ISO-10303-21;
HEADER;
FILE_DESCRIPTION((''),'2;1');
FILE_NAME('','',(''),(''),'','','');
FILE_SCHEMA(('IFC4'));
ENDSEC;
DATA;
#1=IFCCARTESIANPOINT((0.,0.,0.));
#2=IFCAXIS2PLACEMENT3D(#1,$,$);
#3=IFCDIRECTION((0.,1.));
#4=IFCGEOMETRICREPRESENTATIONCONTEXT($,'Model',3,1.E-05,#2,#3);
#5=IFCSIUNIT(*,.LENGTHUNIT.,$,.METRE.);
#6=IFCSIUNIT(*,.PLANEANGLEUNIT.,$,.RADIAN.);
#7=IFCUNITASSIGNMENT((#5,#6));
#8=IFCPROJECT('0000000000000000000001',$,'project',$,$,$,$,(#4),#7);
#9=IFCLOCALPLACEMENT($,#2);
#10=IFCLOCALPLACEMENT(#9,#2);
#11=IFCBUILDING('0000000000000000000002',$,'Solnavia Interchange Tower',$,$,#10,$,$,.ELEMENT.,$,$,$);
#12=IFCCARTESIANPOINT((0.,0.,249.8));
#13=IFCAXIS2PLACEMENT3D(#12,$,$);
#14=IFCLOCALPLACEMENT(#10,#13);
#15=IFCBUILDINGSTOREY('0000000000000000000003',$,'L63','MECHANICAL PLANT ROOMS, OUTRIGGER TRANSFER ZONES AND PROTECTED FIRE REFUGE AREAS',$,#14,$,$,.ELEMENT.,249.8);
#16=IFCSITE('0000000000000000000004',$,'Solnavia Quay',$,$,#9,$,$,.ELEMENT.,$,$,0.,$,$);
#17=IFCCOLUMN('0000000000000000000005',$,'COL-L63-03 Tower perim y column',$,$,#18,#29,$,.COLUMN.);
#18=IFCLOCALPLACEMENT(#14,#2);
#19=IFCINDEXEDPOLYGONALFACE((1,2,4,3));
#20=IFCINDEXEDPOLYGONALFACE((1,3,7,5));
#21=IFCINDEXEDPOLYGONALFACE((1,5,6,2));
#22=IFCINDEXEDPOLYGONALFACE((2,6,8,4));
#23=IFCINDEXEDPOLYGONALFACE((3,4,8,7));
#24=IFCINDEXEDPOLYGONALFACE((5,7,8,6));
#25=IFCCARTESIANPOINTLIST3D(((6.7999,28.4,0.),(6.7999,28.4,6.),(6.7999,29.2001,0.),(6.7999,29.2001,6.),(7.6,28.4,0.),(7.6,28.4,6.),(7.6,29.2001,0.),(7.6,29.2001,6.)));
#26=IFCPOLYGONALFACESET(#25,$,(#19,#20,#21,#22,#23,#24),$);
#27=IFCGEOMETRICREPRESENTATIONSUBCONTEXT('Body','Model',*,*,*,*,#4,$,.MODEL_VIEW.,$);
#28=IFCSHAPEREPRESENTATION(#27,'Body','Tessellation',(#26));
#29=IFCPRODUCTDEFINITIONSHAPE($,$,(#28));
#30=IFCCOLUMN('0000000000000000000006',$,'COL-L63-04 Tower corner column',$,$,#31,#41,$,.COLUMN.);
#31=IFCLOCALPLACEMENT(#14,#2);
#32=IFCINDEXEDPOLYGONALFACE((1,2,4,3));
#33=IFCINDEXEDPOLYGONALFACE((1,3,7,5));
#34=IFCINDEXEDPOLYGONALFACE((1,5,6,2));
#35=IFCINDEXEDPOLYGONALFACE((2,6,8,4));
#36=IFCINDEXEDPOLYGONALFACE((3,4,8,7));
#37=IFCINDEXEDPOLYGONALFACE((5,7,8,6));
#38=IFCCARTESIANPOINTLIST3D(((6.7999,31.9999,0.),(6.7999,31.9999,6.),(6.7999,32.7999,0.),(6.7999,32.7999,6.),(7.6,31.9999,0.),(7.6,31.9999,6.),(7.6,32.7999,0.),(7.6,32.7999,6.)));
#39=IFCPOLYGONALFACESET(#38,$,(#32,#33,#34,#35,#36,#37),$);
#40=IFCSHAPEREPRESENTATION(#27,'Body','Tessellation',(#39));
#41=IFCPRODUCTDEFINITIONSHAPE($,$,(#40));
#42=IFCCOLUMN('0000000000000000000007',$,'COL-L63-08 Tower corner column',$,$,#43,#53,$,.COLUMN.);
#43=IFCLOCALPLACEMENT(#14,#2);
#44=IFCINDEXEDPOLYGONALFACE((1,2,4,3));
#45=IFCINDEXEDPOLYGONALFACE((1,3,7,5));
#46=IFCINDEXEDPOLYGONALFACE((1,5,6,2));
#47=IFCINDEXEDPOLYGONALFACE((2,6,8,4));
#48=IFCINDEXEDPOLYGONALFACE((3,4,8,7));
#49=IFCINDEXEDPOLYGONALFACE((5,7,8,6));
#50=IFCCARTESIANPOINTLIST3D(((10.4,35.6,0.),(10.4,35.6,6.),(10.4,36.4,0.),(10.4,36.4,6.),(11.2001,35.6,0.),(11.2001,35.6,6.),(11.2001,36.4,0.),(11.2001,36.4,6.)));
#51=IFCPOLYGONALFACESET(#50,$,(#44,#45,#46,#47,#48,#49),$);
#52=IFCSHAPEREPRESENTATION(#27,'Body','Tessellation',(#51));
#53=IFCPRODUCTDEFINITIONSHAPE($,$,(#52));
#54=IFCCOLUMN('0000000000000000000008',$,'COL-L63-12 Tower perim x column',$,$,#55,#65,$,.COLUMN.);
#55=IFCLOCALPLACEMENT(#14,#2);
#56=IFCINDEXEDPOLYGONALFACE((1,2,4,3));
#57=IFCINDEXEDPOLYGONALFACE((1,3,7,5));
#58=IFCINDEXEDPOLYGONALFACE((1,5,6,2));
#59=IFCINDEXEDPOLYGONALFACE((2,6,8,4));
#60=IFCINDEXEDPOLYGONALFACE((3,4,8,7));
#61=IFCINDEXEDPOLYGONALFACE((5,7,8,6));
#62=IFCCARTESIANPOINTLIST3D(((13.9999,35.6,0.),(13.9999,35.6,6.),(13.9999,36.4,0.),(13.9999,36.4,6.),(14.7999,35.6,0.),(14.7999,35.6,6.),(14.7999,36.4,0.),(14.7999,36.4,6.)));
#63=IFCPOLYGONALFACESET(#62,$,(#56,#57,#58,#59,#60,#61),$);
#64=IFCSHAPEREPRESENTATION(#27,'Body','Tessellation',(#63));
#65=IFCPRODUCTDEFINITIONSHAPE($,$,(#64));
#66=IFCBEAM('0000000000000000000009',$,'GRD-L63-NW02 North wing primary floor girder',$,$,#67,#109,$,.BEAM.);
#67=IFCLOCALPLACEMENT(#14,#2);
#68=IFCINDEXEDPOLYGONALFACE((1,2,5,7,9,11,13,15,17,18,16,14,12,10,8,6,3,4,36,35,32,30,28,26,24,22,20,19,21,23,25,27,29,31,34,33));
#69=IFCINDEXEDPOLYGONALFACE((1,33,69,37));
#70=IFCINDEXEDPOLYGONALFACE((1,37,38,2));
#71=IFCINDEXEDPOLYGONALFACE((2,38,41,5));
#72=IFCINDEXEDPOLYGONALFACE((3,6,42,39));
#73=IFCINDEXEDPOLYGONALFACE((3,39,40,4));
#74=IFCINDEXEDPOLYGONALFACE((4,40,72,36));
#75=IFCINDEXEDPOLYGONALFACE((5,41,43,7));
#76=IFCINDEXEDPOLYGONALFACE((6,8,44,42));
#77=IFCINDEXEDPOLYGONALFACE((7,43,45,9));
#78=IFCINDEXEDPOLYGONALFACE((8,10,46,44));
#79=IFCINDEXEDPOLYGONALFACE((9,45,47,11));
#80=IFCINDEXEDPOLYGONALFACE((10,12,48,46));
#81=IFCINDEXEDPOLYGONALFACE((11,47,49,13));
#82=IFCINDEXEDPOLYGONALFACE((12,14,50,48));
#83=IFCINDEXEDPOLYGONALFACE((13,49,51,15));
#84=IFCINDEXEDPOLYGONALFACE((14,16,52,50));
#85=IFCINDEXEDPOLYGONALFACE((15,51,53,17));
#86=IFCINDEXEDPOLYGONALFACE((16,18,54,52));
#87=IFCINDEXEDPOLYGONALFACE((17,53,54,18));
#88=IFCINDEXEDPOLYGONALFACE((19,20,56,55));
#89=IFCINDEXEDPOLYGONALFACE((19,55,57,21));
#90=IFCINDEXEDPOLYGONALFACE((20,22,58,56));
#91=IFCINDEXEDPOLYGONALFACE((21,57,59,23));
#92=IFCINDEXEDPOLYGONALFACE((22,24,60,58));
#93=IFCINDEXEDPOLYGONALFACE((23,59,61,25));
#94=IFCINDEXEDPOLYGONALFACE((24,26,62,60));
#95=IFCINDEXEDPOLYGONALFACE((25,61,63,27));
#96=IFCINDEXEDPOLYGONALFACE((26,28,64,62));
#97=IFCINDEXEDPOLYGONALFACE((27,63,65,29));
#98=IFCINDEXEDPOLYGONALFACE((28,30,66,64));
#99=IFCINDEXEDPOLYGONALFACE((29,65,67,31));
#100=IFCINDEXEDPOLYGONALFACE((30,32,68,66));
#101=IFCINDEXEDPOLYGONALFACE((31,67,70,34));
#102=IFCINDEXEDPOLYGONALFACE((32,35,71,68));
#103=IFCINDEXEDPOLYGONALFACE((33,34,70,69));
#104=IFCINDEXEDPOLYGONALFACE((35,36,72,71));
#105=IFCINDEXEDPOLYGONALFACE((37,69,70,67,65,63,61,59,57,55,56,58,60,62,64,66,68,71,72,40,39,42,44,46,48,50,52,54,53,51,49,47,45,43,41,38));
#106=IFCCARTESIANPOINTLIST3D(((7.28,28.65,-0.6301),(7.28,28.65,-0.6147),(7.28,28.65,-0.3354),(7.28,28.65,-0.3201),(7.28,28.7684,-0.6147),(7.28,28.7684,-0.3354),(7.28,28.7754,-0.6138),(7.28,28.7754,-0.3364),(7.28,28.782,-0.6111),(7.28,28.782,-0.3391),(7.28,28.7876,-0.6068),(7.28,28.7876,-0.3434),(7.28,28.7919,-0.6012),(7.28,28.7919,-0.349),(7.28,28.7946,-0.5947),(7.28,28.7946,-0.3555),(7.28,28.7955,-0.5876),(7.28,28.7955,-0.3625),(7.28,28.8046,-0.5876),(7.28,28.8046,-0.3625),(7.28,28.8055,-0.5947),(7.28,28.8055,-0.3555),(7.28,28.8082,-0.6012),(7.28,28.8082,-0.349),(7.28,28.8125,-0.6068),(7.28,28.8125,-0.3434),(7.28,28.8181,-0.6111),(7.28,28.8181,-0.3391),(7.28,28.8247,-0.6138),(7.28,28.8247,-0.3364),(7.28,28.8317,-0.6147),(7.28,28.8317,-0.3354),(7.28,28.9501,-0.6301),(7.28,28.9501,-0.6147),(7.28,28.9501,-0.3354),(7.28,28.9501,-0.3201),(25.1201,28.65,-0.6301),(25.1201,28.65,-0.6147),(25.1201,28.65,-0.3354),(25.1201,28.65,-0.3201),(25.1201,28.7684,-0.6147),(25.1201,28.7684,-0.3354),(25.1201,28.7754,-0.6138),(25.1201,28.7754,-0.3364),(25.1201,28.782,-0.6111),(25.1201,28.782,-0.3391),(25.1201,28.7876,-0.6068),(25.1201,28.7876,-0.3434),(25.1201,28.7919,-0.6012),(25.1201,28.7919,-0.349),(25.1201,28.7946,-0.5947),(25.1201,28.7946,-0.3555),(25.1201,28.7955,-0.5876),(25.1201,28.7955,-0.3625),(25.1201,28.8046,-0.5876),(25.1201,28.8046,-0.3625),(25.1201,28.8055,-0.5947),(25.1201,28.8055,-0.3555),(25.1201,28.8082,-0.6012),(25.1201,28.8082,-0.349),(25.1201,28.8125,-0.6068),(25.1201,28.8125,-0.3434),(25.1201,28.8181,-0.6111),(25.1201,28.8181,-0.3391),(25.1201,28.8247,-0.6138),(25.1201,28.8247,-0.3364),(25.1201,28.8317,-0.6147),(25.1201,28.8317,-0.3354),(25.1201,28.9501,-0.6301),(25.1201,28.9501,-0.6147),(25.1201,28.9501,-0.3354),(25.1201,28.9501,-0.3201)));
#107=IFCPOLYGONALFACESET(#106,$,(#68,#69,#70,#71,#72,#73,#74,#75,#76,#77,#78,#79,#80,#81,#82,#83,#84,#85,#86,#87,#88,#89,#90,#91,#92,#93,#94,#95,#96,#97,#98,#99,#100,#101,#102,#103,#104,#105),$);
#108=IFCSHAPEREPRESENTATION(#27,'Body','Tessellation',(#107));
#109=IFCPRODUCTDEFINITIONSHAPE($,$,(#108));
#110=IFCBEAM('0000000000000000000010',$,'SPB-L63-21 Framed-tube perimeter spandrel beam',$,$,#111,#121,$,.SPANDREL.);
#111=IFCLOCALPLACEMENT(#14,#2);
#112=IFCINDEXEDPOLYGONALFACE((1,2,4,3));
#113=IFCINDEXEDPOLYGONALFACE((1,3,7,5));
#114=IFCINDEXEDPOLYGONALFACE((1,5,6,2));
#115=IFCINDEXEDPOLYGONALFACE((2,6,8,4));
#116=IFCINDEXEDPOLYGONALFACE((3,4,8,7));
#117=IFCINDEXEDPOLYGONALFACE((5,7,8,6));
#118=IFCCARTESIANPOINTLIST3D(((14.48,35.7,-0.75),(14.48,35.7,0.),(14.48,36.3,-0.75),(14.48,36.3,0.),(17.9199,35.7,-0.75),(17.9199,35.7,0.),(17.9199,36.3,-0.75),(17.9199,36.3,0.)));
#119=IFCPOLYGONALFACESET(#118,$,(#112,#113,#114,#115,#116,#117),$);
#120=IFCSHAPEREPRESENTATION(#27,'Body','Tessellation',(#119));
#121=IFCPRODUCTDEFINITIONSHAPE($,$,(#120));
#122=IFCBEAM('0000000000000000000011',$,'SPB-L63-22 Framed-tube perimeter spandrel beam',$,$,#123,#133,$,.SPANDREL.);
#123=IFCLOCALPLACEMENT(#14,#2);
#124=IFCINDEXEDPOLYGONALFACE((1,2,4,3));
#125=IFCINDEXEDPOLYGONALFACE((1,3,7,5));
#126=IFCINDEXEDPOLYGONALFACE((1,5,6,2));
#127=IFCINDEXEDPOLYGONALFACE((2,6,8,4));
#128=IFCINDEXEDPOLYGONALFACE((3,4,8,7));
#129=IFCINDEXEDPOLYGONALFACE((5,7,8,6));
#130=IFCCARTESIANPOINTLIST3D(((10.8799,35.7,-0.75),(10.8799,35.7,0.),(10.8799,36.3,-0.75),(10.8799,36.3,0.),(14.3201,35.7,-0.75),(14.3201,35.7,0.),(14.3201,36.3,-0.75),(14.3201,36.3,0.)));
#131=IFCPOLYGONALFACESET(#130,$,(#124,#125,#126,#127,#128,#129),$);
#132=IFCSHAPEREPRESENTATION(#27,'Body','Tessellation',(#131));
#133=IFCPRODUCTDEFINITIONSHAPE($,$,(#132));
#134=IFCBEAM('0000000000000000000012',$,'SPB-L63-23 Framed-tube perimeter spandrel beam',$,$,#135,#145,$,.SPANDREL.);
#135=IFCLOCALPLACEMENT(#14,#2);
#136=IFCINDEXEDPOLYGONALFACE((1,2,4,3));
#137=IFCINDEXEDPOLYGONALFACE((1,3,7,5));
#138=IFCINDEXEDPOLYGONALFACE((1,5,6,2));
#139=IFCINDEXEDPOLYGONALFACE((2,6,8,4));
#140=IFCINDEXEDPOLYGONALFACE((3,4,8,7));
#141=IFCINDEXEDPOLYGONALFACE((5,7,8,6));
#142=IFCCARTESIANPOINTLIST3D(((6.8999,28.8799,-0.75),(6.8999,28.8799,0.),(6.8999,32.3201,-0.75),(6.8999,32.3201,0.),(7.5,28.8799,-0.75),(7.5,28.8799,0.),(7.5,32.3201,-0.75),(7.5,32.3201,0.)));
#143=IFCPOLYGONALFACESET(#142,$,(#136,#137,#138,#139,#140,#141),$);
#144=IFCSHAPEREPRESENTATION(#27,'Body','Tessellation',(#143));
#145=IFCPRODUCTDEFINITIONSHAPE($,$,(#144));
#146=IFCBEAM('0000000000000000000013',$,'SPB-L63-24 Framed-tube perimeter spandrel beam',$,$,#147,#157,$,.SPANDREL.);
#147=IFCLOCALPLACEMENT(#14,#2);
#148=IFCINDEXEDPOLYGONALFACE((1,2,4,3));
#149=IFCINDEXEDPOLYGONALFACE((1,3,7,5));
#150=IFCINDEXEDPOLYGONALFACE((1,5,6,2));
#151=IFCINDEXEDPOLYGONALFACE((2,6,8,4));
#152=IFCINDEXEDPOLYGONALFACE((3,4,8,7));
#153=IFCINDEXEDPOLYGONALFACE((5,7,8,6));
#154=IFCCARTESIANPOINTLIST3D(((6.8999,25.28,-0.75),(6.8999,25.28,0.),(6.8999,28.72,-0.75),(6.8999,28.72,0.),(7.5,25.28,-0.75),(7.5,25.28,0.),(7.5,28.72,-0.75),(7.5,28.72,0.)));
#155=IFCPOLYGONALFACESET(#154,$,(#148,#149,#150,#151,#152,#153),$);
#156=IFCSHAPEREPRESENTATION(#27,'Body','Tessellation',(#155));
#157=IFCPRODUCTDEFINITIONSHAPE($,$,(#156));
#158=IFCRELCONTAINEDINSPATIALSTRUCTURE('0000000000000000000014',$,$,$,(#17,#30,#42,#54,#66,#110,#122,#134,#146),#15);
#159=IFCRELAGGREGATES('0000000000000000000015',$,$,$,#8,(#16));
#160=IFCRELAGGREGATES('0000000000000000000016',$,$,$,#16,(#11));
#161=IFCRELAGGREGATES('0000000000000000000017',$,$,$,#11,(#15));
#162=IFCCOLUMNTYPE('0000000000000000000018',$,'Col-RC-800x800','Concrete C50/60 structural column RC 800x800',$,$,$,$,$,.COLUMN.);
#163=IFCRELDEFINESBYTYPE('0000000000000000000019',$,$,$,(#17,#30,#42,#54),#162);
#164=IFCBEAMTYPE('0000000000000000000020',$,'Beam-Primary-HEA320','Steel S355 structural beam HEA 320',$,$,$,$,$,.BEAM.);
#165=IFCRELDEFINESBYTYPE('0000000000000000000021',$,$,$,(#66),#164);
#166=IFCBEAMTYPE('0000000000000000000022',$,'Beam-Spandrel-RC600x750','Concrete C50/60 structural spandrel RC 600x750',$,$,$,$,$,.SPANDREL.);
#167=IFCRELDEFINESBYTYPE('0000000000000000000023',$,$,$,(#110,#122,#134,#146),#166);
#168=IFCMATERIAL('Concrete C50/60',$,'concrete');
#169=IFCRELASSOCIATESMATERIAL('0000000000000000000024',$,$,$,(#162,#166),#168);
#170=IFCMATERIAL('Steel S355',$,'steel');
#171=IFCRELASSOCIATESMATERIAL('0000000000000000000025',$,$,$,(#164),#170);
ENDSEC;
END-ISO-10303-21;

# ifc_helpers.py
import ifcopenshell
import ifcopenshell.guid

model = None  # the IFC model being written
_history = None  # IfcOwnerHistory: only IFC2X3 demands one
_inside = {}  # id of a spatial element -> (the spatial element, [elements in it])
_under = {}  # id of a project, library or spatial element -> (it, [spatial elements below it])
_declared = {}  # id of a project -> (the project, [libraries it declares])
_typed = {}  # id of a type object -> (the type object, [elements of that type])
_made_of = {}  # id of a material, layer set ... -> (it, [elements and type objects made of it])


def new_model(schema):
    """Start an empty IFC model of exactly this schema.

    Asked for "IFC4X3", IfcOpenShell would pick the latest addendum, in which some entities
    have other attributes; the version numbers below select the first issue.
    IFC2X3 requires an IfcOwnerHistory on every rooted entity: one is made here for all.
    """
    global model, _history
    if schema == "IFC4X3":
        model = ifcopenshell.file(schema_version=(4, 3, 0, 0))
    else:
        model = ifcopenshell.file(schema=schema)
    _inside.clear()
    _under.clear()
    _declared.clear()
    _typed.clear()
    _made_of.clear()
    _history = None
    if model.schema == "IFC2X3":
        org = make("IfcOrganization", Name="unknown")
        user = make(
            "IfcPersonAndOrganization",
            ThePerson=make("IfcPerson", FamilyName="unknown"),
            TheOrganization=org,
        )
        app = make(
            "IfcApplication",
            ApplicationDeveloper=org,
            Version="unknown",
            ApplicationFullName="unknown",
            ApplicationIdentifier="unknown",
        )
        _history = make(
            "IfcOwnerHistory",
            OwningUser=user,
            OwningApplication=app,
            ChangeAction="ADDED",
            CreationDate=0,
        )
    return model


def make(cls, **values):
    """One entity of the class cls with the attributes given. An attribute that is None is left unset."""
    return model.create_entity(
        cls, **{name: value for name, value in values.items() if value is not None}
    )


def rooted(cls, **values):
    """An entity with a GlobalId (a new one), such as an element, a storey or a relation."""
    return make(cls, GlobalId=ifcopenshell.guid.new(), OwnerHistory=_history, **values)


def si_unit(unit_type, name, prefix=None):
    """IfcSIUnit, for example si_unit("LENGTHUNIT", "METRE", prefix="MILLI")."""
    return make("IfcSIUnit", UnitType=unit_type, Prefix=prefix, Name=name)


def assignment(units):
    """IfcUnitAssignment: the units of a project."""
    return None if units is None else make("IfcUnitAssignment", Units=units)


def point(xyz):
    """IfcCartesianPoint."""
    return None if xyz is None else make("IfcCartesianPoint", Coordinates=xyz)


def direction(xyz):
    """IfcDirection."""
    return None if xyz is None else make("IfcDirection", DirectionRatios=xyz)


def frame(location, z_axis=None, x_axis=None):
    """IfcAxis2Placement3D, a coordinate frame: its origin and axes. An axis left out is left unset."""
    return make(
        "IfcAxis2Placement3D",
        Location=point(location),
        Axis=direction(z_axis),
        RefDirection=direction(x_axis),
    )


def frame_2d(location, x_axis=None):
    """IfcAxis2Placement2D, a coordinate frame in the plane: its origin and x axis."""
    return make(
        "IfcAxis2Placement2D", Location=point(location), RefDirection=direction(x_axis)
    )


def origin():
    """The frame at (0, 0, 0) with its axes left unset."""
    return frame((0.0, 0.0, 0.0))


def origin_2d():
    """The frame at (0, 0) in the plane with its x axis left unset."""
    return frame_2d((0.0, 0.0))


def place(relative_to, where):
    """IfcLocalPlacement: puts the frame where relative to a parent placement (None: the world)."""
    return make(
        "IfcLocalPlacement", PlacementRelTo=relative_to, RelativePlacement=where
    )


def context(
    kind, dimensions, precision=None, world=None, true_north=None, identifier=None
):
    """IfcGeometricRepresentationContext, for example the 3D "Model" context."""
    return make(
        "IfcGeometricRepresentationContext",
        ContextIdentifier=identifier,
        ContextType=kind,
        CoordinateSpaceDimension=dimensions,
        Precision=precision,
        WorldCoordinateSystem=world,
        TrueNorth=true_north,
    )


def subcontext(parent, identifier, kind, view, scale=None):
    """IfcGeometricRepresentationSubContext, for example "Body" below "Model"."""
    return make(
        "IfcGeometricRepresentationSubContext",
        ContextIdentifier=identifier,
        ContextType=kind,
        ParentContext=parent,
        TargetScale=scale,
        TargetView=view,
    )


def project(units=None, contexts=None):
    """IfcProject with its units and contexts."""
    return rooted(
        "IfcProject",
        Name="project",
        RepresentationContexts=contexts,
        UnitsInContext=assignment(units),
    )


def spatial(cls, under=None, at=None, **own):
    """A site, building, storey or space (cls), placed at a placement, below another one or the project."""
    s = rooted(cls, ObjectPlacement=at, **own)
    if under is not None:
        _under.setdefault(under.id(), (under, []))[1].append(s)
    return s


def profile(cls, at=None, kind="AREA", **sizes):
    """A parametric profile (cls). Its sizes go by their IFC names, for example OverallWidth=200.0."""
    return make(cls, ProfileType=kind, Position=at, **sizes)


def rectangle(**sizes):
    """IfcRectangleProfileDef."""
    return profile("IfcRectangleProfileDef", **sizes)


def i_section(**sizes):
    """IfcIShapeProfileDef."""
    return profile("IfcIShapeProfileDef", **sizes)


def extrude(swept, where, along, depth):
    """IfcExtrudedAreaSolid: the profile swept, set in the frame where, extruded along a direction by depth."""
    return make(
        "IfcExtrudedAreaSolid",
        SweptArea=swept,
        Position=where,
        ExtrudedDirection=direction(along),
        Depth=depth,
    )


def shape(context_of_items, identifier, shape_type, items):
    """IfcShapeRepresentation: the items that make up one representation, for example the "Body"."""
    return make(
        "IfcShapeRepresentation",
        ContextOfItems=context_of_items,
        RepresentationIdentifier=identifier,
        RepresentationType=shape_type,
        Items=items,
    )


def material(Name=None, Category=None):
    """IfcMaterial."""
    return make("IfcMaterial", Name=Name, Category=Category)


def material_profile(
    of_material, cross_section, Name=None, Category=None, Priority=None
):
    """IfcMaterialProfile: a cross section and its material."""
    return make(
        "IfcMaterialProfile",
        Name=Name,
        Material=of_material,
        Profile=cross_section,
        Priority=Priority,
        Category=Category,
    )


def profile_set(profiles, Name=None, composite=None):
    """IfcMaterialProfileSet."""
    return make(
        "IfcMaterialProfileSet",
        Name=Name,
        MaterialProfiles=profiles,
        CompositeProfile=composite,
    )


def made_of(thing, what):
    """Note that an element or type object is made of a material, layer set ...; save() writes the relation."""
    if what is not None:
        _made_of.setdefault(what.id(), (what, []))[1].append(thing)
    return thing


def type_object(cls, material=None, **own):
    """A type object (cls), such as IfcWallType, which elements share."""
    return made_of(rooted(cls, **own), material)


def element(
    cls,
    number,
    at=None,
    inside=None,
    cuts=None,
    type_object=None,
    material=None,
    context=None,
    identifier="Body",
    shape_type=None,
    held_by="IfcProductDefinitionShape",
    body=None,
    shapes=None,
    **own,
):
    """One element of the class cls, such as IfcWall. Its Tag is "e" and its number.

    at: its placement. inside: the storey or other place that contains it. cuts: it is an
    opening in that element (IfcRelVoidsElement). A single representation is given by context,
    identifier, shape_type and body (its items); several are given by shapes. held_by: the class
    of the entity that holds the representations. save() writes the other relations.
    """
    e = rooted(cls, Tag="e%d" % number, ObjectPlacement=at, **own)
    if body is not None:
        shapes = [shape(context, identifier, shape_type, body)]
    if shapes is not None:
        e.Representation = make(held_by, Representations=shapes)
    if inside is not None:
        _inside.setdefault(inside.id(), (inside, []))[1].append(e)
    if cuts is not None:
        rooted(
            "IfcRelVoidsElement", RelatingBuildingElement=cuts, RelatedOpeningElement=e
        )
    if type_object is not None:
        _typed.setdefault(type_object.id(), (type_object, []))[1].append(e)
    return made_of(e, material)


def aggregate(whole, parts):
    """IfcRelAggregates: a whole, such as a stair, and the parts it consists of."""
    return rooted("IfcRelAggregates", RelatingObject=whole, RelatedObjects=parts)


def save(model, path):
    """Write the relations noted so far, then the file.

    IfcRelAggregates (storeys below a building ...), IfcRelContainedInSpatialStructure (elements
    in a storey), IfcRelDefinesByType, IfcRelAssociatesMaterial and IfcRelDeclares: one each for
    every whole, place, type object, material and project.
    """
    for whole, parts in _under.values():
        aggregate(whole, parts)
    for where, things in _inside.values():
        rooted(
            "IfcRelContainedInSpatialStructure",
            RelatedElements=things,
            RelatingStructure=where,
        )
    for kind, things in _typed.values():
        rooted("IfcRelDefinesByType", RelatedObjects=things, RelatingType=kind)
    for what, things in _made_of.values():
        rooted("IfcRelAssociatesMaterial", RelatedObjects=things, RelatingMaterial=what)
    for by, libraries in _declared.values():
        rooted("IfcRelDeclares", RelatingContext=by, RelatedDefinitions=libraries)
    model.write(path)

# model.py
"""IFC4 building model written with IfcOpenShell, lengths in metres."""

from ifc_helpers import new_model, si_unit, direction, frame, origin, origin_2d, place, context, subcontext, project, spatial, rectangle, i_section, extrude, material, material_profile, profile_set, type_object, element, save


model = new_model("IFC4")

# Units and contexts
model_context = context("Model", 3, precision=1e-05, world=origin(), true_north=direction((0.0, 1.0)))
body_context = subcontext(model_context, "Body", "Model", "MODEL_VIEW")
ifc_project = project(units=[si_unit("LENGTHUNIT", "METRE"), si_unit("PLANEANGLEUNIT", "RADIAN")], contexts=[model_context])

# Site, building, storey
site_placement = place(None, origin())
site = spatial("IfcSite", under=ifc_project, at=site_placement, Name="Solnavia Quay", CompositionType="ELEMENT", RefElevation=0.0)
building_placement = place(site_placement, origin())
building = spatial("IfcBuilding", under=site, at=building_placement, Name="Solnavia Interchange Tower", CompositionType="ELEMENT")
storey_placement = place(building_placement, frame((0.0, 0.0, 249.8)))
storey = spatial("IfcBuildingStorey", under=building, at=storey_placement, Name="L63", Description="MECHANICAL PLANT ROOMS, OUTRIGGER TRANSFER ZONES AND PROTECTED FIRE REFUGE AREAS", CompositionType="ELEMENT", Elevation=249.8)

# Columns
ifc_material_1 = material(Name="Concrete C50/60", Category="concrete")
ifc_material_profile_1 = material_profile(ifc_material_1, rectangle(XDim=0.8, YDim=0.8, at=origin_2d()), Name="RC 800x800")
ifc_profile_set_1 = profile_set([ifc_material_profile_1], Name="Concrete C50/60")
column_type = type_object("IfcColumnType", Name="Col-RC-800x800", Description="Concrete C50/60 structural column RC 800x800", PredefinedType="COLUMN", material=ifc_profile_set_1)
for number, where, z_axis, x_axis, name in (
    (1, (7.2, 28.8, 0.0), (0.0, 0.0, 1.0), (0.0, 1.0, 0.0), "COL-L63-03 Tower perim y column"),
    (2, (7.2, 32.3999, 0.0), (0.0, 0.0, 1.0), (0.0, 1.0, 0.0), "COL-L63-04 Tower corner column"),
    (3, (10.8, 36.0, 0.0), (0.0, 0.0, 1.0), (1.0, 0.0, 0.0), "COL-L63-08 Tower corner column"),
    (4, (14.3999, 36.0, 0.0), (0.0, 0.0, 1.0), (1.0, 0.0, 0.0), "COL-L63-12 Tower perim x column"),
):
    element("IfcColumn", number, at=place(storey_placement, frame(where, z_axis=z_axis, x_axis=x_axis)), inside=storey, type_object=column_type, Name=name, PredefinedType="COLUMN", context=body_context, shape_type="SweptSolid", body=[
        extrude(rectangle(XDim=0.8, YDim=0.8, at=origin_2d()), origin(), (0.0, 0.0, 1.0), 6.0),
    ])

# Beams
ifc_material_2 = material(Name="Steel S355", Category="steel")
ifc_material_profile_2 = material_profile(ifc_material_2, i_section(OverallWidth=0.3, OverallDepth=0.3101, WebThickness=0.009, FlangeThickness=0.0154, FilletRadius=0.0271, at=origin_2d()), Name="HEA 320")
ifc_profile_set_2 = profile_set([ifc_material_profile_2], Name="Steel S355")
beam_type_1 = type_object("IfcBeamType", Name="Beam-Primary-HEA320", Description="Steel S355 structural beam HEA 320", PredefinedType="BEAM", material=ifc_profile_set_2)
beam_1_placement = place(storey_placement, frame((7.28, 28.8, -0.4751), z_axis=(1.0, 0.0, 0.0), x_axis=(0.0, 1.0, 0.0)))
element("IfcBeam", 5, at=beam_1_placement, inside=storey, type_object=beam_type_1, Name="GRD-L63-NW02 North wing primary floor girder", PredefinedType="BEAM", context=body_context, shape_type="SweptSolid", body=[
    extrude(i_section(OverallWidth=0.3, OverallDepth=0.3101, WebThickness=0.009, FlangeThickness=0.0154, FilletRadius=0.0271, at=origin_2d()), origin(), (0.0, 0.0, 1.0), 17.8401),
])
ifc_material_profile_3 = material_profile(ifc_material_1, rectangle(XDim=0.6001, YDim=0.75, at=origin_2d()), Name="RC 600x750")
ifc_profile_set_3 = profile_set([ifc_material_profile_3], Name="Concrete C50/60")
beam_type_2 = type_object("IfcBeamType", Name="Beam-Spandrel-RC600x750", Description="Concrete C50/60 structural spandrel RC 600x750", PredefinedType="SPANDREL", material=ifc_profile_set_3)
beam_2_placement = place(storey_placement, frame((17.9199, 36.0, -0.375), z_axis=(-1.0, 0.0, 0.0), x_axis=(0.0, -1.0, 0.0)))
element("IfcBeam", 6, at=beam_2_placement, inside=storey, type_object=beam_type_2, Name="SPB-L63-21 Framed-tube perimeter spandrel beam", PredefinedType="SPANDREL", context=body_context, shape_type="SweptSolid", body=[
    extrude(rectangle(XDim=0.6001, YDim=0.75, at=origin_2d()), origin(), (0.0, 0.0, 1.0), 3.4399),
])
for number, where, z_axis, x_axis, name in (
    (7, (14.3201, 36.0, -0.375), (-1.0, 0.0, 0.0), (0.0, -1.0, 0.0), "SPB-L63-22 Framed-tube perimeter spandrel beam"),
    (8, (7.2, 32.3201, -0.375), (0.0, -1.0, 0.0), (1.0, 0.0, 0.0), "SPB-L63-23 Framed-tube perimeter spandrel beam"),
):
    element("IfcBeam", number, at=place(storey_placement, frame(where, z_axis=z_axis, x_axis=x_axis)), inside=storey, type_object=beam_type_2, Name=name, PredefinedType="SPANDREL", context=body_context, shape_type="SweptSolid", body=[
        extrude(rectangle(XDim=0.6001, YDim=0.75, at=origin_2d()), origin(), (0.0, 0.0, 1.0), 3.4402),
    ])
beam_3_placement = place(storey_placement, frame((7.2, 28.72, -0.375), z_axis=(0.0, -1.0, 0.0), x_axis=(1.0, 0.0, 0.0)))
element("IfcBeam", 9, at=beam_3_placement, inside=storey, type_object=beam_type_2, Name="SPB-L63-24 Framed-tube perimeter spandrel beam", PredefinedType="SPANDREL", context=body_context, shape_type="SweptSolid", body=[
    extrude(rectangle(XDim=0.6001, YDim=0.75, at=origin_2d()), origin(), (0.0, 0.0, 1.0), 3.4399),
])

save(model, "model.ifc")
